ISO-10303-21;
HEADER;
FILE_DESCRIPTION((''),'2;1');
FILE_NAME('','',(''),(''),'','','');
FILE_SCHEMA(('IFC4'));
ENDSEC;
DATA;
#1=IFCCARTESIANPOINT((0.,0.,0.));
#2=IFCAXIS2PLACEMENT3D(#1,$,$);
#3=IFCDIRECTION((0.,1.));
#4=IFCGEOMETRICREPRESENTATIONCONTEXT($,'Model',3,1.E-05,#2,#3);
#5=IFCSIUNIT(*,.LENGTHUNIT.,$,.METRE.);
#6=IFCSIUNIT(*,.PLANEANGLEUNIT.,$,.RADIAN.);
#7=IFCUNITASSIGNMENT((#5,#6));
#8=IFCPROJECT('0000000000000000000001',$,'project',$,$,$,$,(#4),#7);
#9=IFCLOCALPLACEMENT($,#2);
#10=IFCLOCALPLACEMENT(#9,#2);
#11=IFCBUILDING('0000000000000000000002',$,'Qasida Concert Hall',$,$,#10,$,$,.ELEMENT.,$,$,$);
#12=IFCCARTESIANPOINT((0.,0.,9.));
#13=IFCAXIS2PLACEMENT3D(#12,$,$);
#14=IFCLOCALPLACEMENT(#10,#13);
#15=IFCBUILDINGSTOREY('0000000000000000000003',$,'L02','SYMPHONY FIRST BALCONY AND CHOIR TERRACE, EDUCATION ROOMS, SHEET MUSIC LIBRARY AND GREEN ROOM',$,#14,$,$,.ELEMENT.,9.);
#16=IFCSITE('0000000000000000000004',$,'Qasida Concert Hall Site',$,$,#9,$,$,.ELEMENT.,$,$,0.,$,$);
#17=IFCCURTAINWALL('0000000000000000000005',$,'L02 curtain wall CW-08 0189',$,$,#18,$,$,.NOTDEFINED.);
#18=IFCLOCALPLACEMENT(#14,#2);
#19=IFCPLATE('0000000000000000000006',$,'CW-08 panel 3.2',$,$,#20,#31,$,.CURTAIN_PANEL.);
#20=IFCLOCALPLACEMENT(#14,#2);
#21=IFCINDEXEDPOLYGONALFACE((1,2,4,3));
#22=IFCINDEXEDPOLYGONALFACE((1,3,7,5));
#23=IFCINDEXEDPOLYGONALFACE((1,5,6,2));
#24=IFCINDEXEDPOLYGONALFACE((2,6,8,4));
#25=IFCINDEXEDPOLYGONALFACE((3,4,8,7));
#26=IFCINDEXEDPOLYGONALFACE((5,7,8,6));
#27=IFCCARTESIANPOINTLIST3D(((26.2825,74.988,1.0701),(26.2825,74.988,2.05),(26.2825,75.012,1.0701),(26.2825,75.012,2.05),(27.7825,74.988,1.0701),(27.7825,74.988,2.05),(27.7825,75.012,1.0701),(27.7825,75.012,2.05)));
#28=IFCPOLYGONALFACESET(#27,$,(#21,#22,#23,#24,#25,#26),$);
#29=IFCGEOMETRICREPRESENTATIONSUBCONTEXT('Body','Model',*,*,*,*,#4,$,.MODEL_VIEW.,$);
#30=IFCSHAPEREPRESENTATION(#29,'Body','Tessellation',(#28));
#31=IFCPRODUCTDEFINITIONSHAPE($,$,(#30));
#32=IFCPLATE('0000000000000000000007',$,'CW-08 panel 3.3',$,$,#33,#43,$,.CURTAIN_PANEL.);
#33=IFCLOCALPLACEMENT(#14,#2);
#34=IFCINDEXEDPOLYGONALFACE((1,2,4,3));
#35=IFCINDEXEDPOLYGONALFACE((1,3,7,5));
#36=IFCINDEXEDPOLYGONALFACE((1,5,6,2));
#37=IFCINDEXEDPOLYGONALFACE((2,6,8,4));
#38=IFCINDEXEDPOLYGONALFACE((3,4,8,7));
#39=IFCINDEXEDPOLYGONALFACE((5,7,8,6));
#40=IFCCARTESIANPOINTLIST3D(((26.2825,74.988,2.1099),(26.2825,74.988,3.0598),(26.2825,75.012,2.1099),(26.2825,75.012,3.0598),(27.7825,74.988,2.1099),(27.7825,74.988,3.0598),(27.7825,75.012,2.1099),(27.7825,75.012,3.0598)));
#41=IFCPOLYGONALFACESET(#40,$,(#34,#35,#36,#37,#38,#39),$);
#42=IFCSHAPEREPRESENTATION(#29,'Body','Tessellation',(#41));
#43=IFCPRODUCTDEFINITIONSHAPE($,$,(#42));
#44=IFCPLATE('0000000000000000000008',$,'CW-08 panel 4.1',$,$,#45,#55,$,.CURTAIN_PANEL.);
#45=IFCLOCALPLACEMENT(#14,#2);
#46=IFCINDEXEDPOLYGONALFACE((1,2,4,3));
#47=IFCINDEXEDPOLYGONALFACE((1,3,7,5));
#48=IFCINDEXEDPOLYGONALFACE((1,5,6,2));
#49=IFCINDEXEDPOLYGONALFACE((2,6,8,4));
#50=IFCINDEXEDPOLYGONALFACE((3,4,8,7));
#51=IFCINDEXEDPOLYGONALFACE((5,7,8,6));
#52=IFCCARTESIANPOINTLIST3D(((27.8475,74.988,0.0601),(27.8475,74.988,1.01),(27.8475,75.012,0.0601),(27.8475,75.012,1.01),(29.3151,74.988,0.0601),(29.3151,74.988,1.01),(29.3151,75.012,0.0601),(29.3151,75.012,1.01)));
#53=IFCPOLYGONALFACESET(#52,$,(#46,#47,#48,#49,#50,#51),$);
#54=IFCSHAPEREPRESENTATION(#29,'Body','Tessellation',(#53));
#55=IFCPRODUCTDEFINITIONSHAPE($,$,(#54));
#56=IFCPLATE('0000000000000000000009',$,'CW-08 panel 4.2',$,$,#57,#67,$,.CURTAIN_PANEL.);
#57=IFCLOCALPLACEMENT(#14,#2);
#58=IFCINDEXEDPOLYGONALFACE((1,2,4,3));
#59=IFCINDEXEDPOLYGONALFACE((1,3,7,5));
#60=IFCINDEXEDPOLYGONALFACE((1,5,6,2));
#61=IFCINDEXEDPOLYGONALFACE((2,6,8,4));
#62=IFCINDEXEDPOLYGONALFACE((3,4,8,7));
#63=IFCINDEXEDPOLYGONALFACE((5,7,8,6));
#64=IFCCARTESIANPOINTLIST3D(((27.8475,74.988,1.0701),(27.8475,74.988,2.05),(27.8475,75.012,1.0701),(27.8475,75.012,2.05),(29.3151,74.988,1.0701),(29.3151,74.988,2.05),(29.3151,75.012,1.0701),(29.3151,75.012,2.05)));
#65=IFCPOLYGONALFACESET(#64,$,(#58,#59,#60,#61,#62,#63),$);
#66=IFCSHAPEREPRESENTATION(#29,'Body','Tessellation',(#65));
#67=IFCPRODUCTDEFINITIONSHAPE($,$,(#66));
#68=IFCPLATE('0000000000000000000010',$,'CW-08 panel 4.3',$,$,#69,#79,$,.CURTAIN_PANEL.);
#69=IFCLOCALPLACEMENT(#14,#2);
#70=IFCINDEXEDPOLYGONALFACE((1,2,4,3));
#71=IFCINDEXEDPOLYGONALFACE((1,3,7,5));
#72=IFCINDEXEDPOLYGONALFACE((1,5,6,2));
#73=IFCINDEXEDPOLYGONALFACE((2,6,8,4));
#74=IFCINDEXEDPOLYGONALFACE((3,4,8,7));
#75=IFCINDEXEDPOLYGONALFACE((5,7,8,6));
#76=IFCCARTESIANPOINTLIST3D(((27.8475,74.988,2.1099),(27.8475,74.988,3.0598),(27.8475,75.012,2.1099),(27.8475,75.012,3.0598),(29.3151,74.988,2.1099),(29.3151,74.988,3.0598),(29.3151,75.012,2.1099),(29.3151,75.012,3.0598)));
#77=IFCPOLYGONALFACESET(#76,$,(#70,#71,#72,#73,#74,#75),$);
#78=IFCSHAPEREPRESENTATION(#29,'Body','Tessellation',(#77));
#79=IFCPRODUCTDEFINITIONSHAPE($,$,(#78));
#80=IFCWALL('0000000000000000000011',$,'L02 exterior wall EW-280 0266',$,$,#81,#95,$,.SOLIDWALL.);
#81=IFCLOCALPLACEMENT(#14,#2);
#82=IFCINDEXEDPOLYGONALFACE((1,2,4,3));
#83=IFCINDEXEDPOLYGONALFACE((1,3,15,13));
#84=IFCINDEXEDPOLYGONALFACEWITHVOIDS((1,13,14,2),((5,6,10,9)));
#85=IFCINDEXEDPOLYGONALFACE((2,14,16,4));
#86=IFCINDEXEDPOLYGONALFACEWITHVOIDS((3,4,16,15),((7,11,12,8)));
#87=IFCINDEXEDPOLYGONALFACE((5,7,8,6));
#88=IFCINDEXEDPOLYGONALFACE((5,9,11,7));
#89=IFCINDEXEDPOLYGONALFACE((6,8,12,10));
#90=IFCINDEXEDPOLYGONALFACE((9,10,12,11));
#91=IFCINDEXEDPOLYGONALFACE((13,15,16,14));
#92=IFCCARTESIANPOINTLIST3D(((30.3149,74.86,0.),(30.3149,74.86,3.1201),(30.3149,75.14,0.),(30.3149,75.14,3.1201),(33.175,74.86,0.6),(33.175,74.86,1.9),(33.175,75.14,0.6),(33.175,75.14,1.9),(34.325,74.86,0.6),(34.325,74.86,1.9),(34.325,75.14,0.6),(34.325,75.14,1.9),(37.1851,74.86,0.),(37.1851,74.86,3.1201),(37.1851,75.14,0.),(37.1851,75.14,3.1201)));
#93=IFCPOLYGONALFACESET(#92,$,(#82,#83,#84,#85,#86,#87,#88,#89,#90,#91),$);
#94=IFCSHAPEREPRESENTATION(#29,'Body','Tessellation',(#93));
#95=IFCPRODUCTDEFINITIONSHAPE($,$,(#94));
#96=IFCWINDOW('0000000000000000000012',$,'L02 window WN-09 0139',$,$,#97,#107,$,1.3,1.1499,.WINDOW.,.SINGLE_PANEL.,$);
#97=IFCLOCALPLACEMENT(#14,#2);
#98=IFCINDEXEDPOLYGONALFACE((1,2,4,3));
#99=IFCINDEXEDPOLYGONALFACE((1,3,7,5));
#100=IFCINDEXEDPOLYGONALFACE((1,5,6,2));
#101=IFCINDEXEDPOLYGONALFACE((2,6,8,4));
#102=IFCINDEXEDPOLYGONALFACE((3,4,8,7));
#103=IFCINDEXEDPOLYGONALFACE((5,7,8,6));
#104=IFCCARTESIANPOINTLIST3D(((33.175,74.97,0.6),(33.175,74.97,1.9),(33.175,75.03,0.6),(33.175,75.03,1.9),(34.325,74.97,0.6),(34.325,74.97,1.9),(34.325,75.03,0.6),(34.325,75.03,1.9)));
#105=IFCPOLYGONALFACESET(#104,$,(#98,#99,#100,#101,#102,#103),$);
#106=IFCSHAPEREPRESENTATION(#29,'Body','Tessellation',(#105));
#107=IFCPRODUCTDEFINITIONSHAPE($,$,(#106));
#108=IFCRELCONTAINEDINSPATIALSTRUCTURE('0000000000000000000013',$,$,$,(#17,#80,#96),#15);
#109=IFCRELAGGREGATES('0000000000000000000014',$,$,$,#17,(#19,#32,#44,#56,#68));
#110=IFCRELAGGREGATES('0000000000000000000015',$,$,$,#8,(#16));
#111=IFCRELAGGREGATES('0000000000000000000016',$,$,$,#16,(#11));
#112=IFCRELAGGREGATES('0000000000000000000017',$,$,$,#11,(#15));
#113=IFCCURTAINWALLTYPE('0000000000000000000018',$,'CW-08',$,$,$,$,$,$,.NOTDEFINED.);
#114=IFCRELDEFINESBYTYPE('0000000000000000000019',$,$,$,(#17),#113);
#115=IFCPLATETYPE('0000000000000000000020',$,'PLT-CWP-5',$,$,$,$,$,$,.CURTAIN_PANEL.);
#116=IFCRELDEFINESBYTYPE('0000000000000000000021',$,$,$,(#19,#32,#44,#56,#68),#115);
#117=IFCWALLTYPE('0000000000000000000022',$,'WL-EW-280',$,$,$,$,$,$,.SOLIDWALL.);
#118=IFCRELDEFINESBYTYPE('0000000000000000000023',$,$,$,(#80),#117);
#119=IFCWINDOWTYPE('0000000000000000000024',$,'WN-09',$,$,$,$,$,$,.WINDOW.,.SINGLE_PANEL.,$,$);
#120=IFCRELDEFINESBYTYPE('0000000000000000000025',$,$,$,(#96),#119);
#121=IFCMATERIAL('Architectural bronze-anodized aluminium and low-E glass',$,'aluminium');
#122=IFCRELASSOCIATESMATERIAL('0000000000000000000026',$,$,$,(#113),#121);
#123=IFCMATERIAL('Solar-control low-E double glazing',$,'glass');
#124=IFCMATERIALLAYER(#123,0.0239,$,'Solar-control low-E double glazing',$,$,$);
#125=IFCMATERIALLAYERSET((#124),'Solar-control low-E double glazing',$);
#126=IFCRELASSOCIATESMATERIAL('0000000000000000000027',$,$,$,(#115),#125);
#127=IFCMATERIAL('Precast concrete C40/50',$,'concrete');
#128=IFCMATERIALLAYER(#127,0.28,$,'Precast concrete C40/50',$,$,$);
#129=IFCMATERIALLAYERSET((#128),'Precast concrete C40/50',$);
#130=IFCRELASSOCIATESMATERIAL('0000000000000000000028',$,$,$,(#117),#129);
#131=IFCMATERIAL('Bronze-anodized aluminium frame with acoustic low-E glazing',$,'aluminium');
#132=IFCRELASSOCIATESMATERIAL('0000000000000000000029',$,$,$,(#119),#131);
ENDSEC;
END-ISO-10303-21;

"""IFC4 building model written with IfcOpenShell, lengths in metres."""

from ifc_helpers import new_model, si_unit, direction, frame, frame_2d, origin, origin_2d, place, context, subcontext, project, spatial, rectangle, extrude, material, layer, layer_set, type_object, element, fill, aggregate, save


model = new_model("IFC4")

# Units and contexts
model_context = context("Model", 3, precision=1e-05, world=origin(), true_north=direction((0.0, 1.0)))
body_context = subcontext(model_context, "Body", "Model", "MODEL_VIEW")
ifc_project = project(units=[si_unit("LENGTHUNIT", "METRE"), si_unit("PLANEANGLEUNIT", "RADIAN")], contexts=[model_context])

# Site, building, storey
site_placement = place(None, origin())
site = spatial("IfcSite", under=ifc_project, at=site_placement, Name="Qasida Concert Hall Site", CompositionType="ELEMENT", RefElevation=0.0)
building_placement = place(site_placement, origin())
building = spatial("IfcBuilding", under=site, at=building_placement, Name="Qasida Concert Hall", CompositionType="ELEMENT")
storey_placement = place(building_placement, frame((0.0, 0.0, 9.0)))
storey = spatial("IfcBuildingStorey", under=building, at=storey_placement, Name="L02", Description="SYMPHONY FIRST BALCONY AND CHOIR TERRACE, EDUCATION ROOMS, SHEET MUSIC LIBRARY AND GREEN ROOM", CompositionType="ELEMENT", Elevation=9.0)

# Curtain wall, plates
ifc_material_1 = material(Name="Architectural bronze-anodized aluminium and low-E glass", Category="aluminium")
curtain_wall_type = type_object("IfcCurtainWallType", Name="CW-08", PredefinedType="NOTDEFINED", material=ifc_material_1)
curtain_wall_placement = place(storey_placement, origin())
curtain_wall = element("IfcCurtainWall", 1, at=curtain_wall_placement, inside=storey, type_object=curtain_wall_type, Name="L02 curtain wall CW-08 0189", PredefinedType="NOTDEFINED")
ifc_material_2 = material(Name="Solar-control low-E double glazing", Category="glass")
ifc_layer_1 = layer(ifc_material_2, 0.0239, Name="Solar-control low-E double glazing")
ifc_layer_set_1 = layer_set([ifc_layer_1], Name="Solar-control low-E double glazing")
plate_type = type_object("IfcPlateType", Name="PLT-CWP-5", PredefinedType="CURTAIN_PANEL", material=ifc_layer_set_1)
plate_1_placement = place(storey_placement, frame((27.0325, 75.0, 1.0701), z_axis=(0.0, 0.0, 1.0), x_axis=(1.0, 0.0, 0.0)))
plate_1 = element("IfcPlate", 2, at=plate_1_placement, type_object=plate_type, Name="CW-08 panel 3.2", PredefinedType="CURTAIN_PANEL", context=body_context, shape_type="SweptSolid", body=[
    extrude(rectangle(XDim=1.5, YDim=0.0239, at=origin_2d()), origin(), (0.0, 0.0, 1.0), 0.98),
])
plate_2_placement = place(storey_placement, frame((27.0325, 75.0, 2.1099), z_axis=(0.0, 0.0, 1.0), x_axis=(1.0, 0.0, 0.0)))
plate_2 = element("IfcPlate", 3, at=plate_2_placement, type_object=plate_type, Name="CW-08 panel 3.3", PredefinedType="CURTAIN_PANEL", context=body_context, shape_type="SweptSolid", body=[
    extrude(rectangle(XDim=1.5, YDim=0.0239, at=origin_2d()), origin(), (0.0, 0.0, 1.0), 0.95),
])
plate_3_placement = place(storey_placement, frame((28.5813, 75.0, 0.0601), z_axis=(0.0, 0.0, 1.0), x_axis=(1.0, 0.0, 0.0)))
plate_3 = element("IfcPlate", 4, at=plate_3_placement, type_object=plate_type, Name="CW-08 panel 4.1", PredefinedType="CURTAIN_PANEL", context=body_context, shape_type="SweptSolid", body=[
    extrude(rectangle(XDim=1.4675, YDim=0.0239, at=origin_2d()), origin(), (0.0, 0.0, 1.0), 0.95),
])
plate_4_placement = place(storey_placement, frame((28.5813, 75.0, 1.0701), z_axis=(0.0, 0.0, 1.0), x_axis=(1.0, 0.0, 0.0)))
plate_4 = element("IfcPlate", 5, at=plate_4_placement, type_object=plate_type, Name="CW-08 panel 4.2", PredefinedType="CURTAIN_PANEL", context=body_context, shape_type="SweptSolid", body=[
    extrude(rectangle(XDim=1.4675, YDim=0.0239, at=origin_2d()), origin(), (0.0, 0.0, 1.0), 0.98),
])
plate_5_placement = place(storey_placement, frame((28.5813, 75.0, 2.1099), z_axis=(0.0, 0.0, 1.0), x_axis=(1.0, 0.0, 0.0)))
plate_5 = element("IfcPlate", 6, at=plate_5_placement, type_object=plate_type, Name="CW-08 panel 4.3", PredefinedType="CURTAIN_PANEL", context=body_context, shape_type="SweptSolid", body=[
    extrude(rectangle(XDim=1.4675, YDim=0.0239, at=origin_2d()), origin(), (0.0, 0.0, 1.0), 0.95),
])
aggregate(curtain_wall, [plate_1, plate_2, plate_3, plate_4, plate_5])

# Wall, opening, window
ifc_material_3 = material(Name="Precast concrete C40/50", Category="concrete")
ifc_layer_2 = layer(ifc_material_3, 0.28, Name="Precast concrete C40/50")
ifc_layer_set_2 = layer_set([ifc_layer_2], Name="Precast concrete C40/50")
wall_type = type_object("IfcWallType", Name="WL-EW-280", PredefinedType="SOLIDWALL", material=ifc_layer_set_2)
wall_placement = place(storey_placement, frame((30.3149, 75.0, 0.0), z_axis=(0.0, 0.0, 1.0), x_axis=(1.0, 0.0, 0.0)))
wall = element("IfcWall", 7, at=wall_placement, inside=storey, type_object=wall_type, Name="L02 exterior wall EW-280 0266", PredefinedType="SOLIDWALL", context=body_context, shape_type="SweptSolid", body=[
    extrude(rectangle(XDim=6.8701, YDim=0.28, at=frame_2d((3.4351, 0.0))), origin(), (0.0, 0.0, 1.0), 3.1201),
])
opening_placement = place(wall_placement, frame((2.8601, 0.0, 0.6001)))
opening = element("IfcOpeningElement", 8, at=opening_placement, cuts=wall, PredefinedType="OPENING", context=body_context, shape_type="SweptSolid", body=[
    extrude(rectangle(XDim=1.1499, YDim=1.3, at=frame_2d((0.575, 0.6499))), frame((0.0, 0.1499, 0.0), z_axis=(0.0, -1.0, 0.0), x_axis=(1.0, 0.0, 0.0)), (0.0, 0.0, 1.0), 0.3),
])
ifc_material_4 = material(Name="Bronze-anodized aluminium frame with acoustic low-E glazing", Category="aluminium")
window_type = type_object("IfcWindowType", Name="WN-09", PartitioningType="SINGLE_PANEL", PredefinedType="WINDOW", material=ifc_material_4)
window_placement = place(opening_placement, origin())
window = element("IfcWindow", 9, at=window_placement, inside=storey, type_object=window_type, Name="L02 window WN-09 0139", OverallHeight=1.3, OverallWidth=1.1499, PartitioningType="SINGLE_PANEL", PredefinedType="WINDOW", context=body_context, shape_type="SweptSolid", body=[
    extrude(rectangle(XDim=1.1499, YDim=1.3, at=frame_2d((0.575, 0.6499))), frame((0.0, 0.03, 0.0), z_axis=(0.0, -1.0, 0.0), x_axis=(1.0, 0.0, 0.0)), (0.0, 0.0, 1.0), 0.0601),
])
fill(opening, window)

save(model, "model.ifc")
